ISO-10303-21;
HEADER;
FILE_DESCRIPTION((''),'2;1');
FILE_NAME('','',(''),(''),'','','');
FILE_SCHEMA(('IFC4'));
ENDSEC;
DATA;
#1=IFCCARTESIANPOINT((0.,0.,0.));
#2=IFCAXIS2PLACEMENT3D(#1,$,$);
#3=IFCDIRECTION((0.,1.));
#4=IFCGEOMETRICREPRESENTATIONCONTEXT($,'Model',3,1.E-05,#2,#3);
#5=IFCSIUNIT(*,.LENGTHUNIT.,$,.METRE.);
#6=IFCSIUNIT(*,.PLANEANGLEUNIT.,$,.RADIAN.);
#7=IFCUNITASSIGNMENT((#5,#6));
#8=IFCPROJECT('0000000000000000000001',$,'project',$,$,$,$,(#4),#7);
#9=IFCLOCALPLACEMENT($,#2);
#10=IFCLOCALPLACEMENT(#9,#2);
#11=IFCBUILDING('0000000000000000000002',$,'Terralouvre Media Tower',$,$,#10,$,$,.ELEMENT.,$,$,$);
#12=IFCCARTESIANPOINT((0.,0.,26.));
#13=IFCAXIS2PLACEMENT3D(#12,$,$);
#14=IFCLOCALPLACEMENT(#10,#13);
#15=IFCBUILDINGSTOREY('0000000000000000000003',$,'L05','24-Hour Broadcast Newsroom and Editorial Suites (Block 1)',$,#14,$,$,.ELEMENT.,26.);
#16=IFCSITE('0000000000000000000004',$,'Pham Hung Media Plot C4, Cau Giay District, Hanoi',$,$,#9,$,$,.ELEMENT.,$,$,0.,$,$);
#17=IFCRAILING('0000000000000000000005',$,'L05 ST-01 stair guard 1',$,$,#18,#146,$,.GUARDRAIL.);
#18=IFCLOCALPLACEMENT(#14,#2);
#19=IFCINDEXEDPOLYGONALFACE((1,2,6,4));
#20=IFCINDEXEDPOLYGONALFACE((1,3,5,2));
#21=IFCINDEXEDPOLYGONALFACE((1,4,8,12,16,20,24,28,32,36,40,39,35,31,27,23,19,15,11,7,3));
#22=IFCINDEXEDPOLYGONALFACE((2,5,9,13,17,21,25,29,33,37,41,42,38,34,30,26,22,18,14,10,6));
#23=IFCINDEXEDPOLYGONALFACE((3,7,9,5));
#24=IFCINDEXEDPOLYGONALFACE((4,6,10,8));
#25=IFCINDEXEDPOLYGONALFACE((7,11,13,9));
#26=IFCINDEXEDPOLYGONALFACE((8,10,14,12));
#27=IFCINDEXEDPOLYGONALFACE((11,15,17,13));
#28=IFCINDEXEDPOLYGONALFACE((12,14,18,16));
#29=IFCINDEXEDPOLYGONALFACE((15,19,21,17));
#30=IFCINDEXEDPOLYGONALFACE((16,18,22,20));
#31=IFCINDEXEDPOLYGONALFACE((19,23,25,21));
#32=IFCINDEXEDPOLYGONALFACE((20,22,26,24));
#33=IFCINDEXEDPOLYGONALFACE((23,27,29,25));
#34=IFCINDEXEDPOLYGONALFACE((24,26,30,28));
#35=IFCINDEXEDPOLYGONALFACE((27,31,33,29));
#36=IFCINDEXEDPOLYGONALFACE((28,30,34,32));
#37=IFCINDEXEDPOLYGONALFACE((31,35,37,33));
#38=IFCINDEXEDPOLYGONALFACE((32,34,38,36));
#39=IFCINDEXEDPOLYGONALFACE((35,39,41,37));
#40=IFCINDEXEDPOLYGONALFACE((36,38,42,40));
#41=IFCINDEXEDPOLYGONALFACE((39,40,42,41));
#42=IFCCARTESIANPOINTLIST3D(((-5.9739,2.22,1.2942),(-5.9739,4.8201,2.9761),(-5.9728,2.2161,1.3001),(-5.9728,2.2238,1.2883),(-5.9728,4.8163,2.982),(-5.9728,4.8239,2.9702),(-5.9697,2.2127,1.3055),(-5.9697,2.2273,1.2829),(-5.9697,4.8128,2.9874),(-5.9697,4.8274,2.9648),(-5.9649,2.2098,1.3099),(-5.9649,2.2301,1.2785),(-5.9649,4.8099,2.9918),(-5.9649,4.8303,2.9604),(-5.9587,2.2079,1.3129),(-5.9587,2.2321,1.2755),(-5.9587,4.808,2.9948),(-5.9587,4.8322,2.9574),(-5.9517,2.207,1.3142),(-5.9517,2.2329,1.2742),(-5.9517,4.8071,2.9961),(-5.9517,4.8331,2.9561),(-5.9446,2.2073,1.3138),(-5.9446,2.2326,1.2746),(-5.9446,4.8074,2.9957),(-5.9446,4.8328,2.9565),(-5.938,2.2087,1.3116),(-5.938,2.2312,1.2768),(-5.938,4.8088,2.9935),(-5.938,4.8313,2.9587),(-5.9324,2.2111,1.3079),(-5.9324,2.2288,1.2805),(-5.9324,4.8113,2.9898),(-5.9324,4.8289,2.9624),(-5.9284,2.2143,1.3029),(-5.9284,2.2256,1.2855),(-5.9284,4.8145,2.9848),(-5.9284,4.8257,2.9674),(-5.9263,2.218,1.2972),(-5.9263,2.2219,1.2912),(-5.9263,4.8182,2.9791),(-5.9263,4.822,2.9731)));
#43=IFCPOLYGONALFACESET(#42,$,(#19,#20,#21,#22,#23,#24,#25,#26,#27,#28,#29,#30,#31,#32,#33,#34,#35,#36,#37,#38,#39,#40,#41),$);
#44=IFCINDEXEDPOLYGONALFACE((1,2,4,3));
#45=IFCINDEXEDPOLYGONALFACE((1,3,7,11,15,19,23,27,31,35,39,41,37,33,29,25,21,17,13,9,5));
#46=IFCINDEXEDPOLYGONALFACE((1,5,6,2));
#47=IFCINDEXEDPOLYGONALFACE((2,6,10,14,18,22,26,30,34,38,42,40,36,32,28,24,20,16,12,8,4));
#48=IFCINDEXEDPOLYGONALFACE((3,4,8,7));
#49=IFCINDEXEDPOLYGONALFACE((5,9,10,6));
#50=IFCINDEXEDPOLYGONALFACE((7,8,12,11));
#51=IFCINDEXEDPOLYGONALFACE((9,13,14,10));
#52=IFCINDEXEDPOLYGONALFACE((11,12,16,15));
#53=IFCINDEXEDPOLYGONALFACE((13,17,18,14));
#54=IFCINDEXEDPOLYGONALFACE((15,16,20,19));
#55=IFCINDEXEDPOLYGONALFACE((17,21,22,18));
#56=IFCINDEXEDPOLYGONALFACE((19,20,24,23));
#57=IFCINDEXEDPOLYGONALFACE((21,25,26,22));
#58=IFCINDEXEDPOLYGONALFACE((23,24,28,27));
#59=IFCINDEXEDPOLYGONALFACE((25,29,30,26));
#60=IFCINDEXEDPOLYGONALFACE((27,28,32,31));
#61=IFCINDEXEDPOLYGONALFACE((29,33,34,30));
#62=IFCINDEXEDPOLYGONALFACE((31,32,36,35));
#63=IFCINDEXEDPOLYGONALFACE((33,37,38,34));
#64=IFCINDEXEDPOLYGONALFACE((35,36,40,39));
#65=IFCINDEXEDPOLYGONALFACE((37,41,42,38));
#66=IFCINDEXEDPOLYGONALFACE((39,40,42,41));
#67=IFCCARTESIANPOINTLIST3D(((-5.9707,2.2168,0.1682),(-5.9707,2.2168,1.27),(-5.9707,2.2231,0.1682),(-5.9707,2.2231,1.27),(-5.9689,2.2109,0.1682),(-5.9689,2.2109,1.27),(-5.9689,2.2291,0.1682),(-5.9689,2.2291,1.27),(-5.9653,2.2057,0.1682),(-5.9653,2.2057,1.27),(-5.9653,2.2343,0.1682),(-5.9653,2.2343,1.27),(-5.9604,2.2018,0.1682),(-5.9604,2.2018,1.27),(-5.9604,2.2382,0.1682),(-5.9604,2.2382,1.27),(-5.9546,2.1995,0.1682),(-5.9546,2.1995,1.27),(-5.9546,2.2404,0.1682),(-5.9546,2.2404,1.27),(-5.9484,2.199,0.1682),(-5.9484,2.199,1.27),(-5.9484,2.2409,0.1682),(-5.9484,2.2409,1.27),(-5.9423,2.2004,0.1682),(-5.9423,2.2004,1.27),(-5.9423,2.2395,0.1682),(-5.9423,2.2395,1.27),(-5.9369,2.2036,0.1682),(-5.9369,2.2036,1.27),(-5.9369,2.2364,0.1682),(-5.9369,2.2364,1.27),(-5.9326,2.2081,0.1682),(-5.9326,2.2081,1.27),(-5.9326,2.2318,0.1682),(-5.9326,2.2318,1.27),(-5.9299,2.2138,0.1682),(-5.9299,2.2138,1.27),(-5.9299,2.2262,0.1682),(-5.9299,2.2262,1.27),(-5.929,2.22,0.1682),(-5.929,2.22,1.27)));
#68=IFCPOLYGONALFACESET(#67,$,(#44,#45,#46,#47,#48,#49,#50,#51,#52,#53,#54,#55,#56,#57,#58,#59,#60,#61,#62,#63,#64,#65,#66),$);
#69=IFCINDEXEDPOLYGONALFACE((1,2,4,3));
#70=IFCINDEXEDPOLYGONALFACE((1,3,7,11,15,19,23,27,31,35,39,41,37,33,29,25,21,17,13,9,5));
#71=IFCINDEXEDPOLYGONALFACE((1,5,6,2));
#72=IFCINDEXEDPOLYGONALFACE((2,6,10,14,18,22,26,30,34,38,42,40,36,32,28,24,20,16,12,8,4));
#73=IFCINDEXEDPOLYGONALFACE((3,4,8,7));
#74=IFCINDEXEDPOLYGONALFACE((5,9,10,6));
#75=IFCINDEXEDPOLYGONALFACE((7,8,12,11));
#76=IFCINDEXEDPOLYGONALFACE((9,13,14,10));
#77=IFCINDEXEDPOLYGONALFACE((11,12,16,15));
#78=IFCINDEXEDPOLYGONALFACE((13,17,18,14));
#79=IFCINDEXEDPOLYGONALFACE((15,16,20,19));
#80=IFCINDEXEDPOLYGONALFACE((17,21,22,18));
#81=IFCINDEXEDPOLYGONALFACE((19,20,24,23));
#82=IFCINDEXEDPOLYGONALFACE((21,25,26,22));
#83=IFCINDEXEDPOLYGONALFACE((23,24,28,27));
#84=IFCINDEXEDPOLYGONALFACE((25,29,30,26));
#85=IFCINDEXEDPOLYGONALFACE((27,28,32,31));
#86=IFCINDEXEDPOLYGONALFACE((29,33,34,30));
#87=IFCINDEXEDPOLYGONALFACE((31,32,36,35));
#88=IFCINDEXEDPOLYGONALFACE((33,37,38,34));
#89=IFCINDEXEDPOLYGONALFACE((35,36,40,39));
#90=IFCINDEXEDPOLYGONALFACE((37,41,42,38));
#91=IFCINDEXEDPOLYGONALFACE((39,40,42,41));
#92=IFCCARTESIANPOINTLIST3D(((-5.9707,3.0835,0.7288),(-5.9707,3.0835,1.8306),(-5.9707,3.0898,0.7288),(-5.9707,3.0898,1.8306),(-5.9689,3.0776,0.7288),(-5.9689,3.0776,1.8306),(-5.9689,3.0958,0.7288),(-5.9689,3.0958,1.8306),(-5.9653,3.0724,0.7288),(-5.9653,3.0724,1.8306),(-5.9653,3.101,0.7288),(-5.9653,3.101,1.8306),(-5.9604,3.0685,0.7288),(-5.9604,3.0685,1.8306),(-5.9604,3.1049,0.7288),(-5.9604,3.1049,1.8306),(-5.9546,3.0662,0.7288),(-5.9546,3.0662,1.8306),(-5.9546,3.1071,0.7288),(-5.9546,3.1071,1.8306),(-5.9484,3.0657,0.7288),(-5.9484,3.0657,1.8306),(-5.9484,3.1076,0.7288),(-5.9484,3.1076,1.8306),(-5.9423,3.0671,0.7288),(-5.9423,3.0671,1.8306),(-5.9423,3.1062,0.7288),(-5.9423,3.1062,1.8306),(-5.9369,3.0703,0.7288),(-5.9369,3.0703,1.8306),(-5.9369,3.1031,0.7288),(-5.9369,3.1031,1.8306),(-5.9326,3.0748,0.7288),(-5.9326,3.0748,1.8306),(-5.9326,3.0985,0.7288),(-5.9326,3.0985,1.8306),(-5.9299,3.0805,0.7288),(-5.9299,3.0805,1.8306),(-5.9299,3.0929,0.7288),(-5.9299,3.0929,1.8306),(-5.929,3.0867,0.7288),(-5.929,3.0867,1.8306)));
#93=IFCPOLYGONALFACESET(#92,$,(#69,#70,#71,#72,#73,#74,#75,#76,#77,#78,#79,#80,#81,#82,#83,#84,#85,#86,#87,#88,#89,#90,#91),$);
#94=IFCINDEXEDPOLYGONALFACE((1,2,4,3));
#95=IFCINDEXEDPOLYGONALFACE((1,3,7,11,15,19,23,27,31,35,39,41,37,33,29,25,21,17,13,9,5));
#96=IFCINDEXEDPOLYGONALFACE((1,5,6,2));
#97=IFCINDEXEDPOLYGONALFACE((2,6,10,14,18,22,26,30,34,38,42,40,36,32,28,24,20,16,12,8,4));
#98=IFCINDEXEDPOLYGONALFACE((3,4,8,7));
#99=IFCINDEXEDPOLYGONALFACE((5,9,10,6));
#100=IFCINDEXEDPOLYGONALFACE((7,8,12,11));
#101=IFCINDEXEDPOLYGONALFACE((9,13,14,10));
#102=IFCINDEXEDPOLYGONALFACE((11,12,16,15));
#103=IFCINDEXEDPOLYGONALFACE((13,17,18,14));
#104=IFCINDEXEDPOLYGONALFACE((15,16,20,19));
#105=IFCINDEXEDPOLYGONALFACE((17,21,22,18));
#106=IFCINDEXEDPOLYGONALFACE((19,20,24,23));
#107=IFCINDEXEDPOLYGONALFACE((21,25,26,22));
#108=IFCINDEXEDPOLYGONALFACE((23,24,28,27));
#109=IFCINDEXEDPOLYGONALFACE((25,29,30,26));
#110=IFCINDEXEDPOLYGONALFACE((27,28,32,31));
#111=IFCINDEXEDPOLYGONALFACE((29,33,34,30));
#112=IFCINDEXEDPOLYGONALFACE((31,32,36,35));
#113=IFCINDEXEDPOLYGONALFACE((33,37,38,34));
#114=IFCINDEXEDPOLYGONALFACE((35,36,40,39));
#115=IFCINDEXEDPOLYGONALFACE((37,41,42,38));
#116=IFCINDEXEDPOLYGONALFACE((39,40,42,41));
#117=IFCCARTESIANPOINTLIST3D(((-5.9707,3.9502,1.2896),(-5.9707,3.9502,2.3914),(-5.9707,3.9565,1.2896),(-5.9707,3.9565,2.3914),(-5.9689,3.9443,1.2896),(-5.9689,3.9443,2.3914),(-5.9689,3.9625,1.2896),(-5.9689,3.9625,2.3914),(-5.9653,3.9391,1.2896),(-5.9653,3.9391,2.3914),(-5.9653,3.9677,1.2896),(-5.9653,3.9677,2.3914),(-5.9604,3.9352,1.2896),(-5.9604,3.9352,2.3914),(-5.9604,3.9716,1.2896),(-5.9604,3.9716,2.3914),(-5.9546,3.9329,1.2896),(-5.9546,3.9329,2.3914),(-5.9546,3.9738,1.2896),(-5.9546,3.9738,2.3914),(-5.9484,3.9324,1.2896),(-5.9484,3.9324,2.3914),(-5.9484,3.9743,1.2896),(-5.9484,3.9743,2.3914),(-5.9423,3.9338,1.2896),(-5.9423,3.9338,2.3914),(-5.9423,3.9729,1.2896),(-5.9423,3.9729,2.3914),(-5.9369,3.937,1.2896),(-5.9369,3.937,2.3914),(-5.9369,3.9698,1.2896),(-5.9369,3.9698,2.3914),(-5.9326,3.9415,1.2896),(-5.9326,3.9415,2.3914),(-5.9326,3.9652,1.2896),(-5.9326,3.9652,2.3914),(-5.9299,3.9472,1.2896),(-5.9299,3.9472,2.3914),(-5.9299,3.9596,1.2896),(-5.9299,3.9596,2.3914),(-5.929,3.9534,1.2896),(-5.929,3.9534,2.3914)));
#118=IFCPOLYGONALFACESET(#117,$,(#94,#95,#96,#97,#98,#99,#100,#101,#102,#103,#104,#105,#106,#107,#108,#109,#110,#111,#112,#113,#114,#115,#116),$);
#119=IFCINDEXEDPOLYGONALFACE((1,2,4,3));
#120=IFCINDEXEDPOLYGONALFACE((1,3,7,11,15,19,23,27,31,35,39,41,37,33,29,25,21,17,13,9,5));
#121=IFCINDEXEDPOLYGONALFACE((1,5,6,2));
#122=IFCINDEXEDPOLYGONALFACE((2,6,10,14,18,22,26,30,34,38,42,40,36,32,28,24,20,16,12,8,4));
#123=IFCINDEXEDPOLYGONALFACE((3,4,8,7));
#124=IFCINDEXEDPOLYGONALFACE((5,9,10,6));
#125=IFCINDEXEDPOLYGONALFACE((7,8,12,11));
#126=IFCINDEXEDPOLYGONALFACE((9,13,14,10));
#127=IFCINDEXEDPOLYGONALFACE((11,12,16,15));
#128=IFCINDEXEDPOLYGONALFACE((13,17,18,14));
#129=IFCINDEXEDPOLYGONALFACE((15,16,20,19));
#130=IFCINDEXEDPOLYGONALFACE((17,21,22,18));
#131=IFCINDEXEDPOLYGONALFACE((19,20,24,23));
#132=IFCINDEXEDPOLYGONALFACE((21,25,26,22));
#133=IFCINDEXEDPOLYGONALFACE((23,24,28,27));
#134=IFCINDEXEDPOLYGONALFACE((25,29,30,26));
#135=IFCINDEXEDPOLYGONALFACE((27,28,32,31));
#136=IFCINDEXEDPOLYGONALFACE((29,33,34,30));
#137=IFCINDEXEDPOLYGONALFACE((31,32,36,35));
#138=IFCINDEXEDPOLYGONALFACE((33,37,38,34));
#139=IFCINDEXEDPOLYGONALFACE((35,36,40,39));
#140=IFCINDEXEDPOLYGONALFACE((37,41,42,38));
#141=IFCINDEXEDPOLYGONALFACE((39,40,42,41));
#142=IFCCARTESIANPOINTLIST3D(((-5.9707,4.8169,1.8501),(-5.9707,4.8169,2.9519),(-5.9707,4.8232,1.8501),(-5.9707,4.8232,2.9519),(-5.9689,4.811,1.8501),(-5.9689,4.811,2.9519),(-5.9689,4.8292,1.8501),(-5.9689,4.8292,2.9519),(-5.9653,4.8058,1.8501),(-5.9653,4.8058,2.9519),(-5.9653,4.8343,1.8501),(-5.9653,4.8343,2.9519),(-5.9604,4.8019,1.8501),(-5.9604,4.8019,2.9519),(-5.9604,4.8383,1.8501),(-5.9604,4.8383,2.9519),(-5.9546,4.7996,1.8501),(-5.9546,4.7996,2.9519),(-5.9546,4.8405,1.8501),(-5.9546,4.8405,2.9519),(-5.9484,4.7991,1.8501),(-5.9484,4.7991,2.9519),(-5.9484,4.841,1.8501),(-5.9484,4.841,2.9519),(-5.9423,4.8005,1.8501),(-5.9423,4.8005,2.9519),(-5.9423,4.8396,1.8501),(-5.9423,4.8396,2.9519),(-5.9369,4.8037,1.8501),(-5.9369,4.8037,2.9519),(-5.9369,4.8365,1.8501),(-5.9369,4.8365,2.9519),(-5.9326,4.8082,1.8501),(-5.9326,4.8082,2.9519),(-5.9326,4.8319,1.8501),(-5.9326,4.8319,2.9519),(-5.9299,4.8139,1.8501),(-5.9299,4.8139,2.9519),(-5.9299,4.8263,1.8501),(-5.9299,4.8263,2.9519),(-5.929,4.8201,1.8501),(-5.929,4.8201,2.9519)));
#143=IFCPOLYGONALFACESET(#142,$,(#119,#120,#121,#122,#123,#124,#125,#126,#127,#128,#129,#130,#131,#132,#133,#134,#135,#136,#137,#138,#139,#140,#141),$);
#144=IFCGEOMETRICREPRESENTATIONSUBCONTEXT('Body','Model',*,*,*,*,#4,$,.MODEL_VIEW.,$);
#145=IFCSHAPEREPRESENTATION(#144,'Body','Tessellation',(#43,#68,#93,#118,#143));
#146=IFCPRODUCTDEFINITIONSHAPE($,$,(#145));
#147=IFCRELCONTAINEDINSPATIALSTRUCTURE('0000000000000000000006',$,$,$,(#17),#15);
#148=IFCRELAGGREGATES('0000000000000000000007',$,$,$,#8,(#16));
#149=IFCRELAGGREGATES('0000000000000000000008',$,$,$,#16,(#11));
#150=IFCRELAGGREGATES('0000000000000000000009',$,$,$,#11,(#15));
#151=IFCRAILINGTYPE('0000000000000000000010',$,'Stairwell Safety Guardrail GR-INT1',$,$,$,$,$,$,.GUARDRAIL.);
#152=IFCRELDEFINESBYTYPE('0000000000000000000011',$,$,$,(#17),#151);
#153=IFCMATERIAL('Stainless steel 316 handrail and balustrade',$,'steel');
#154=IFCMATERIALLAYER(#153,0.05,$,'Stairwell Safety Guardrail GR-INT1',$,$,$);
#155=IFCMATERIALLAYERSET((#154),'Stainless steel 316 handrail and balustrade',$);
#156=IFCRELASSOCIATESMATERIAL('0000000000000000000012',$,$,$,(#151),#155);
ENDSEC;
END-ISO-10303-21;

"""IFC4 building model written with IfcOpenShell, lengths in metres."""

from ifc_helpers import new_model, si_unit, direction, frame, origin, origin_2d, place, context, subcontext, project, spatial, circle, extrude, material, layer, layer_set, type_object, element, save


model = new_model("IFC4")

# Units and contexts
model_context = context("Model", 3, precision=1e-05, world=origin(), true_north=direction((0.0, 1.0)))
body_context = subcontext(model_context, "Body", "Model", "MODEL_VIEW")
ifc_project = project(units=[si_unit("LENGTHUNIT", "METRE"), si_unit("PLANEANGLEUNIT", "RADIAN")], contexts=[model_context])

# Site, building, storey
site_placement = place(None, origin())
site = spatial("IfcSite", under=ifc_project, at=site_placement, Name="Pham Hung Media Plot C4, Cau Giay District, Hanoi", CompositionType="ELEMENT", RefElevation=0.0)
building_placement = place(site_placement, origin())
building = spatial("IfcBuilding", under=site, at=building_placement, Name="Terralouvre Media Tower", CompositionType="ELEMENT")
storey_placement = place(building_placement, frame((0.0, 0.0, 26.0)))
storey = spatial("IfcBuildingStorey", under=building, at=storey_placement, Name="L05", Description="24-Hour Broadcast Newsroom and Editorial Suites (Block 1)", CompositionType="ELEMENT", Elevation=26.0)

# Railing
ifc_material_1 = material(Name="Stainless steel 316 handrail and balustrade", Category="steel")
ifc_layer_1 = layer(ifc_material_1, 0.05, Name="Stairwell Safety Guardrail GR-INT1")
ifc_layer_set_1 = layer_set([ifc_layer_1], Name="Stainless steel 316 handrail and balustrade")
railing_type_1 = type_object("IfcRailingType", Name="Stairwell Safety Guardrail GR-INT1", PredefinedType="GUARDRAIL", material=ifc_layer_set_1)
railing_1_placement = place(storey_placement, frame((-5.95, 2.22, 0.1682)))
element("IfcRailing", 1, at=railing_1_placement, inside=storey, type_object=railing_type_1, Name="L05 ST-01 stair guard 1", PredefinedType="GUARDRAIL", context=body_context, shape_type="SweptSolid", body=[
    extrude(circle(Radius=0.0239, at=origin_2d()), frame((0.0, 0.0, 1.126), z_axis=(0.0, 0.839648, 0.54313), x_axis=(-1.0, 0.0, 0.0)), (0.0, 0.0, 1.0), 3.0967),
    extrude(circle(Radius=0.021, at=origin_2d()), origin(), (0.0, 0.0, 1.0), 1.1018),
    extrude(circle(Radius=0.021, at=origin_2d()), frame((0.0, 0.8667, 0.5605)), (0.0, 0.0, 1.0), 1.1018),
    extrude(circle(Radius=0.021, at=origin_2d()), frame((0.0, 1.7334, 1.1213)), (0.0, 0.0, 1.0), 1.1018),
    extrude(circle(Radius=0.021, at=origin_2d()), frame((0.0, 2.6001, 1.6819)), (0.0, 0.0, 1.0), 1.1018),
])

save(model, "model.ifc")
